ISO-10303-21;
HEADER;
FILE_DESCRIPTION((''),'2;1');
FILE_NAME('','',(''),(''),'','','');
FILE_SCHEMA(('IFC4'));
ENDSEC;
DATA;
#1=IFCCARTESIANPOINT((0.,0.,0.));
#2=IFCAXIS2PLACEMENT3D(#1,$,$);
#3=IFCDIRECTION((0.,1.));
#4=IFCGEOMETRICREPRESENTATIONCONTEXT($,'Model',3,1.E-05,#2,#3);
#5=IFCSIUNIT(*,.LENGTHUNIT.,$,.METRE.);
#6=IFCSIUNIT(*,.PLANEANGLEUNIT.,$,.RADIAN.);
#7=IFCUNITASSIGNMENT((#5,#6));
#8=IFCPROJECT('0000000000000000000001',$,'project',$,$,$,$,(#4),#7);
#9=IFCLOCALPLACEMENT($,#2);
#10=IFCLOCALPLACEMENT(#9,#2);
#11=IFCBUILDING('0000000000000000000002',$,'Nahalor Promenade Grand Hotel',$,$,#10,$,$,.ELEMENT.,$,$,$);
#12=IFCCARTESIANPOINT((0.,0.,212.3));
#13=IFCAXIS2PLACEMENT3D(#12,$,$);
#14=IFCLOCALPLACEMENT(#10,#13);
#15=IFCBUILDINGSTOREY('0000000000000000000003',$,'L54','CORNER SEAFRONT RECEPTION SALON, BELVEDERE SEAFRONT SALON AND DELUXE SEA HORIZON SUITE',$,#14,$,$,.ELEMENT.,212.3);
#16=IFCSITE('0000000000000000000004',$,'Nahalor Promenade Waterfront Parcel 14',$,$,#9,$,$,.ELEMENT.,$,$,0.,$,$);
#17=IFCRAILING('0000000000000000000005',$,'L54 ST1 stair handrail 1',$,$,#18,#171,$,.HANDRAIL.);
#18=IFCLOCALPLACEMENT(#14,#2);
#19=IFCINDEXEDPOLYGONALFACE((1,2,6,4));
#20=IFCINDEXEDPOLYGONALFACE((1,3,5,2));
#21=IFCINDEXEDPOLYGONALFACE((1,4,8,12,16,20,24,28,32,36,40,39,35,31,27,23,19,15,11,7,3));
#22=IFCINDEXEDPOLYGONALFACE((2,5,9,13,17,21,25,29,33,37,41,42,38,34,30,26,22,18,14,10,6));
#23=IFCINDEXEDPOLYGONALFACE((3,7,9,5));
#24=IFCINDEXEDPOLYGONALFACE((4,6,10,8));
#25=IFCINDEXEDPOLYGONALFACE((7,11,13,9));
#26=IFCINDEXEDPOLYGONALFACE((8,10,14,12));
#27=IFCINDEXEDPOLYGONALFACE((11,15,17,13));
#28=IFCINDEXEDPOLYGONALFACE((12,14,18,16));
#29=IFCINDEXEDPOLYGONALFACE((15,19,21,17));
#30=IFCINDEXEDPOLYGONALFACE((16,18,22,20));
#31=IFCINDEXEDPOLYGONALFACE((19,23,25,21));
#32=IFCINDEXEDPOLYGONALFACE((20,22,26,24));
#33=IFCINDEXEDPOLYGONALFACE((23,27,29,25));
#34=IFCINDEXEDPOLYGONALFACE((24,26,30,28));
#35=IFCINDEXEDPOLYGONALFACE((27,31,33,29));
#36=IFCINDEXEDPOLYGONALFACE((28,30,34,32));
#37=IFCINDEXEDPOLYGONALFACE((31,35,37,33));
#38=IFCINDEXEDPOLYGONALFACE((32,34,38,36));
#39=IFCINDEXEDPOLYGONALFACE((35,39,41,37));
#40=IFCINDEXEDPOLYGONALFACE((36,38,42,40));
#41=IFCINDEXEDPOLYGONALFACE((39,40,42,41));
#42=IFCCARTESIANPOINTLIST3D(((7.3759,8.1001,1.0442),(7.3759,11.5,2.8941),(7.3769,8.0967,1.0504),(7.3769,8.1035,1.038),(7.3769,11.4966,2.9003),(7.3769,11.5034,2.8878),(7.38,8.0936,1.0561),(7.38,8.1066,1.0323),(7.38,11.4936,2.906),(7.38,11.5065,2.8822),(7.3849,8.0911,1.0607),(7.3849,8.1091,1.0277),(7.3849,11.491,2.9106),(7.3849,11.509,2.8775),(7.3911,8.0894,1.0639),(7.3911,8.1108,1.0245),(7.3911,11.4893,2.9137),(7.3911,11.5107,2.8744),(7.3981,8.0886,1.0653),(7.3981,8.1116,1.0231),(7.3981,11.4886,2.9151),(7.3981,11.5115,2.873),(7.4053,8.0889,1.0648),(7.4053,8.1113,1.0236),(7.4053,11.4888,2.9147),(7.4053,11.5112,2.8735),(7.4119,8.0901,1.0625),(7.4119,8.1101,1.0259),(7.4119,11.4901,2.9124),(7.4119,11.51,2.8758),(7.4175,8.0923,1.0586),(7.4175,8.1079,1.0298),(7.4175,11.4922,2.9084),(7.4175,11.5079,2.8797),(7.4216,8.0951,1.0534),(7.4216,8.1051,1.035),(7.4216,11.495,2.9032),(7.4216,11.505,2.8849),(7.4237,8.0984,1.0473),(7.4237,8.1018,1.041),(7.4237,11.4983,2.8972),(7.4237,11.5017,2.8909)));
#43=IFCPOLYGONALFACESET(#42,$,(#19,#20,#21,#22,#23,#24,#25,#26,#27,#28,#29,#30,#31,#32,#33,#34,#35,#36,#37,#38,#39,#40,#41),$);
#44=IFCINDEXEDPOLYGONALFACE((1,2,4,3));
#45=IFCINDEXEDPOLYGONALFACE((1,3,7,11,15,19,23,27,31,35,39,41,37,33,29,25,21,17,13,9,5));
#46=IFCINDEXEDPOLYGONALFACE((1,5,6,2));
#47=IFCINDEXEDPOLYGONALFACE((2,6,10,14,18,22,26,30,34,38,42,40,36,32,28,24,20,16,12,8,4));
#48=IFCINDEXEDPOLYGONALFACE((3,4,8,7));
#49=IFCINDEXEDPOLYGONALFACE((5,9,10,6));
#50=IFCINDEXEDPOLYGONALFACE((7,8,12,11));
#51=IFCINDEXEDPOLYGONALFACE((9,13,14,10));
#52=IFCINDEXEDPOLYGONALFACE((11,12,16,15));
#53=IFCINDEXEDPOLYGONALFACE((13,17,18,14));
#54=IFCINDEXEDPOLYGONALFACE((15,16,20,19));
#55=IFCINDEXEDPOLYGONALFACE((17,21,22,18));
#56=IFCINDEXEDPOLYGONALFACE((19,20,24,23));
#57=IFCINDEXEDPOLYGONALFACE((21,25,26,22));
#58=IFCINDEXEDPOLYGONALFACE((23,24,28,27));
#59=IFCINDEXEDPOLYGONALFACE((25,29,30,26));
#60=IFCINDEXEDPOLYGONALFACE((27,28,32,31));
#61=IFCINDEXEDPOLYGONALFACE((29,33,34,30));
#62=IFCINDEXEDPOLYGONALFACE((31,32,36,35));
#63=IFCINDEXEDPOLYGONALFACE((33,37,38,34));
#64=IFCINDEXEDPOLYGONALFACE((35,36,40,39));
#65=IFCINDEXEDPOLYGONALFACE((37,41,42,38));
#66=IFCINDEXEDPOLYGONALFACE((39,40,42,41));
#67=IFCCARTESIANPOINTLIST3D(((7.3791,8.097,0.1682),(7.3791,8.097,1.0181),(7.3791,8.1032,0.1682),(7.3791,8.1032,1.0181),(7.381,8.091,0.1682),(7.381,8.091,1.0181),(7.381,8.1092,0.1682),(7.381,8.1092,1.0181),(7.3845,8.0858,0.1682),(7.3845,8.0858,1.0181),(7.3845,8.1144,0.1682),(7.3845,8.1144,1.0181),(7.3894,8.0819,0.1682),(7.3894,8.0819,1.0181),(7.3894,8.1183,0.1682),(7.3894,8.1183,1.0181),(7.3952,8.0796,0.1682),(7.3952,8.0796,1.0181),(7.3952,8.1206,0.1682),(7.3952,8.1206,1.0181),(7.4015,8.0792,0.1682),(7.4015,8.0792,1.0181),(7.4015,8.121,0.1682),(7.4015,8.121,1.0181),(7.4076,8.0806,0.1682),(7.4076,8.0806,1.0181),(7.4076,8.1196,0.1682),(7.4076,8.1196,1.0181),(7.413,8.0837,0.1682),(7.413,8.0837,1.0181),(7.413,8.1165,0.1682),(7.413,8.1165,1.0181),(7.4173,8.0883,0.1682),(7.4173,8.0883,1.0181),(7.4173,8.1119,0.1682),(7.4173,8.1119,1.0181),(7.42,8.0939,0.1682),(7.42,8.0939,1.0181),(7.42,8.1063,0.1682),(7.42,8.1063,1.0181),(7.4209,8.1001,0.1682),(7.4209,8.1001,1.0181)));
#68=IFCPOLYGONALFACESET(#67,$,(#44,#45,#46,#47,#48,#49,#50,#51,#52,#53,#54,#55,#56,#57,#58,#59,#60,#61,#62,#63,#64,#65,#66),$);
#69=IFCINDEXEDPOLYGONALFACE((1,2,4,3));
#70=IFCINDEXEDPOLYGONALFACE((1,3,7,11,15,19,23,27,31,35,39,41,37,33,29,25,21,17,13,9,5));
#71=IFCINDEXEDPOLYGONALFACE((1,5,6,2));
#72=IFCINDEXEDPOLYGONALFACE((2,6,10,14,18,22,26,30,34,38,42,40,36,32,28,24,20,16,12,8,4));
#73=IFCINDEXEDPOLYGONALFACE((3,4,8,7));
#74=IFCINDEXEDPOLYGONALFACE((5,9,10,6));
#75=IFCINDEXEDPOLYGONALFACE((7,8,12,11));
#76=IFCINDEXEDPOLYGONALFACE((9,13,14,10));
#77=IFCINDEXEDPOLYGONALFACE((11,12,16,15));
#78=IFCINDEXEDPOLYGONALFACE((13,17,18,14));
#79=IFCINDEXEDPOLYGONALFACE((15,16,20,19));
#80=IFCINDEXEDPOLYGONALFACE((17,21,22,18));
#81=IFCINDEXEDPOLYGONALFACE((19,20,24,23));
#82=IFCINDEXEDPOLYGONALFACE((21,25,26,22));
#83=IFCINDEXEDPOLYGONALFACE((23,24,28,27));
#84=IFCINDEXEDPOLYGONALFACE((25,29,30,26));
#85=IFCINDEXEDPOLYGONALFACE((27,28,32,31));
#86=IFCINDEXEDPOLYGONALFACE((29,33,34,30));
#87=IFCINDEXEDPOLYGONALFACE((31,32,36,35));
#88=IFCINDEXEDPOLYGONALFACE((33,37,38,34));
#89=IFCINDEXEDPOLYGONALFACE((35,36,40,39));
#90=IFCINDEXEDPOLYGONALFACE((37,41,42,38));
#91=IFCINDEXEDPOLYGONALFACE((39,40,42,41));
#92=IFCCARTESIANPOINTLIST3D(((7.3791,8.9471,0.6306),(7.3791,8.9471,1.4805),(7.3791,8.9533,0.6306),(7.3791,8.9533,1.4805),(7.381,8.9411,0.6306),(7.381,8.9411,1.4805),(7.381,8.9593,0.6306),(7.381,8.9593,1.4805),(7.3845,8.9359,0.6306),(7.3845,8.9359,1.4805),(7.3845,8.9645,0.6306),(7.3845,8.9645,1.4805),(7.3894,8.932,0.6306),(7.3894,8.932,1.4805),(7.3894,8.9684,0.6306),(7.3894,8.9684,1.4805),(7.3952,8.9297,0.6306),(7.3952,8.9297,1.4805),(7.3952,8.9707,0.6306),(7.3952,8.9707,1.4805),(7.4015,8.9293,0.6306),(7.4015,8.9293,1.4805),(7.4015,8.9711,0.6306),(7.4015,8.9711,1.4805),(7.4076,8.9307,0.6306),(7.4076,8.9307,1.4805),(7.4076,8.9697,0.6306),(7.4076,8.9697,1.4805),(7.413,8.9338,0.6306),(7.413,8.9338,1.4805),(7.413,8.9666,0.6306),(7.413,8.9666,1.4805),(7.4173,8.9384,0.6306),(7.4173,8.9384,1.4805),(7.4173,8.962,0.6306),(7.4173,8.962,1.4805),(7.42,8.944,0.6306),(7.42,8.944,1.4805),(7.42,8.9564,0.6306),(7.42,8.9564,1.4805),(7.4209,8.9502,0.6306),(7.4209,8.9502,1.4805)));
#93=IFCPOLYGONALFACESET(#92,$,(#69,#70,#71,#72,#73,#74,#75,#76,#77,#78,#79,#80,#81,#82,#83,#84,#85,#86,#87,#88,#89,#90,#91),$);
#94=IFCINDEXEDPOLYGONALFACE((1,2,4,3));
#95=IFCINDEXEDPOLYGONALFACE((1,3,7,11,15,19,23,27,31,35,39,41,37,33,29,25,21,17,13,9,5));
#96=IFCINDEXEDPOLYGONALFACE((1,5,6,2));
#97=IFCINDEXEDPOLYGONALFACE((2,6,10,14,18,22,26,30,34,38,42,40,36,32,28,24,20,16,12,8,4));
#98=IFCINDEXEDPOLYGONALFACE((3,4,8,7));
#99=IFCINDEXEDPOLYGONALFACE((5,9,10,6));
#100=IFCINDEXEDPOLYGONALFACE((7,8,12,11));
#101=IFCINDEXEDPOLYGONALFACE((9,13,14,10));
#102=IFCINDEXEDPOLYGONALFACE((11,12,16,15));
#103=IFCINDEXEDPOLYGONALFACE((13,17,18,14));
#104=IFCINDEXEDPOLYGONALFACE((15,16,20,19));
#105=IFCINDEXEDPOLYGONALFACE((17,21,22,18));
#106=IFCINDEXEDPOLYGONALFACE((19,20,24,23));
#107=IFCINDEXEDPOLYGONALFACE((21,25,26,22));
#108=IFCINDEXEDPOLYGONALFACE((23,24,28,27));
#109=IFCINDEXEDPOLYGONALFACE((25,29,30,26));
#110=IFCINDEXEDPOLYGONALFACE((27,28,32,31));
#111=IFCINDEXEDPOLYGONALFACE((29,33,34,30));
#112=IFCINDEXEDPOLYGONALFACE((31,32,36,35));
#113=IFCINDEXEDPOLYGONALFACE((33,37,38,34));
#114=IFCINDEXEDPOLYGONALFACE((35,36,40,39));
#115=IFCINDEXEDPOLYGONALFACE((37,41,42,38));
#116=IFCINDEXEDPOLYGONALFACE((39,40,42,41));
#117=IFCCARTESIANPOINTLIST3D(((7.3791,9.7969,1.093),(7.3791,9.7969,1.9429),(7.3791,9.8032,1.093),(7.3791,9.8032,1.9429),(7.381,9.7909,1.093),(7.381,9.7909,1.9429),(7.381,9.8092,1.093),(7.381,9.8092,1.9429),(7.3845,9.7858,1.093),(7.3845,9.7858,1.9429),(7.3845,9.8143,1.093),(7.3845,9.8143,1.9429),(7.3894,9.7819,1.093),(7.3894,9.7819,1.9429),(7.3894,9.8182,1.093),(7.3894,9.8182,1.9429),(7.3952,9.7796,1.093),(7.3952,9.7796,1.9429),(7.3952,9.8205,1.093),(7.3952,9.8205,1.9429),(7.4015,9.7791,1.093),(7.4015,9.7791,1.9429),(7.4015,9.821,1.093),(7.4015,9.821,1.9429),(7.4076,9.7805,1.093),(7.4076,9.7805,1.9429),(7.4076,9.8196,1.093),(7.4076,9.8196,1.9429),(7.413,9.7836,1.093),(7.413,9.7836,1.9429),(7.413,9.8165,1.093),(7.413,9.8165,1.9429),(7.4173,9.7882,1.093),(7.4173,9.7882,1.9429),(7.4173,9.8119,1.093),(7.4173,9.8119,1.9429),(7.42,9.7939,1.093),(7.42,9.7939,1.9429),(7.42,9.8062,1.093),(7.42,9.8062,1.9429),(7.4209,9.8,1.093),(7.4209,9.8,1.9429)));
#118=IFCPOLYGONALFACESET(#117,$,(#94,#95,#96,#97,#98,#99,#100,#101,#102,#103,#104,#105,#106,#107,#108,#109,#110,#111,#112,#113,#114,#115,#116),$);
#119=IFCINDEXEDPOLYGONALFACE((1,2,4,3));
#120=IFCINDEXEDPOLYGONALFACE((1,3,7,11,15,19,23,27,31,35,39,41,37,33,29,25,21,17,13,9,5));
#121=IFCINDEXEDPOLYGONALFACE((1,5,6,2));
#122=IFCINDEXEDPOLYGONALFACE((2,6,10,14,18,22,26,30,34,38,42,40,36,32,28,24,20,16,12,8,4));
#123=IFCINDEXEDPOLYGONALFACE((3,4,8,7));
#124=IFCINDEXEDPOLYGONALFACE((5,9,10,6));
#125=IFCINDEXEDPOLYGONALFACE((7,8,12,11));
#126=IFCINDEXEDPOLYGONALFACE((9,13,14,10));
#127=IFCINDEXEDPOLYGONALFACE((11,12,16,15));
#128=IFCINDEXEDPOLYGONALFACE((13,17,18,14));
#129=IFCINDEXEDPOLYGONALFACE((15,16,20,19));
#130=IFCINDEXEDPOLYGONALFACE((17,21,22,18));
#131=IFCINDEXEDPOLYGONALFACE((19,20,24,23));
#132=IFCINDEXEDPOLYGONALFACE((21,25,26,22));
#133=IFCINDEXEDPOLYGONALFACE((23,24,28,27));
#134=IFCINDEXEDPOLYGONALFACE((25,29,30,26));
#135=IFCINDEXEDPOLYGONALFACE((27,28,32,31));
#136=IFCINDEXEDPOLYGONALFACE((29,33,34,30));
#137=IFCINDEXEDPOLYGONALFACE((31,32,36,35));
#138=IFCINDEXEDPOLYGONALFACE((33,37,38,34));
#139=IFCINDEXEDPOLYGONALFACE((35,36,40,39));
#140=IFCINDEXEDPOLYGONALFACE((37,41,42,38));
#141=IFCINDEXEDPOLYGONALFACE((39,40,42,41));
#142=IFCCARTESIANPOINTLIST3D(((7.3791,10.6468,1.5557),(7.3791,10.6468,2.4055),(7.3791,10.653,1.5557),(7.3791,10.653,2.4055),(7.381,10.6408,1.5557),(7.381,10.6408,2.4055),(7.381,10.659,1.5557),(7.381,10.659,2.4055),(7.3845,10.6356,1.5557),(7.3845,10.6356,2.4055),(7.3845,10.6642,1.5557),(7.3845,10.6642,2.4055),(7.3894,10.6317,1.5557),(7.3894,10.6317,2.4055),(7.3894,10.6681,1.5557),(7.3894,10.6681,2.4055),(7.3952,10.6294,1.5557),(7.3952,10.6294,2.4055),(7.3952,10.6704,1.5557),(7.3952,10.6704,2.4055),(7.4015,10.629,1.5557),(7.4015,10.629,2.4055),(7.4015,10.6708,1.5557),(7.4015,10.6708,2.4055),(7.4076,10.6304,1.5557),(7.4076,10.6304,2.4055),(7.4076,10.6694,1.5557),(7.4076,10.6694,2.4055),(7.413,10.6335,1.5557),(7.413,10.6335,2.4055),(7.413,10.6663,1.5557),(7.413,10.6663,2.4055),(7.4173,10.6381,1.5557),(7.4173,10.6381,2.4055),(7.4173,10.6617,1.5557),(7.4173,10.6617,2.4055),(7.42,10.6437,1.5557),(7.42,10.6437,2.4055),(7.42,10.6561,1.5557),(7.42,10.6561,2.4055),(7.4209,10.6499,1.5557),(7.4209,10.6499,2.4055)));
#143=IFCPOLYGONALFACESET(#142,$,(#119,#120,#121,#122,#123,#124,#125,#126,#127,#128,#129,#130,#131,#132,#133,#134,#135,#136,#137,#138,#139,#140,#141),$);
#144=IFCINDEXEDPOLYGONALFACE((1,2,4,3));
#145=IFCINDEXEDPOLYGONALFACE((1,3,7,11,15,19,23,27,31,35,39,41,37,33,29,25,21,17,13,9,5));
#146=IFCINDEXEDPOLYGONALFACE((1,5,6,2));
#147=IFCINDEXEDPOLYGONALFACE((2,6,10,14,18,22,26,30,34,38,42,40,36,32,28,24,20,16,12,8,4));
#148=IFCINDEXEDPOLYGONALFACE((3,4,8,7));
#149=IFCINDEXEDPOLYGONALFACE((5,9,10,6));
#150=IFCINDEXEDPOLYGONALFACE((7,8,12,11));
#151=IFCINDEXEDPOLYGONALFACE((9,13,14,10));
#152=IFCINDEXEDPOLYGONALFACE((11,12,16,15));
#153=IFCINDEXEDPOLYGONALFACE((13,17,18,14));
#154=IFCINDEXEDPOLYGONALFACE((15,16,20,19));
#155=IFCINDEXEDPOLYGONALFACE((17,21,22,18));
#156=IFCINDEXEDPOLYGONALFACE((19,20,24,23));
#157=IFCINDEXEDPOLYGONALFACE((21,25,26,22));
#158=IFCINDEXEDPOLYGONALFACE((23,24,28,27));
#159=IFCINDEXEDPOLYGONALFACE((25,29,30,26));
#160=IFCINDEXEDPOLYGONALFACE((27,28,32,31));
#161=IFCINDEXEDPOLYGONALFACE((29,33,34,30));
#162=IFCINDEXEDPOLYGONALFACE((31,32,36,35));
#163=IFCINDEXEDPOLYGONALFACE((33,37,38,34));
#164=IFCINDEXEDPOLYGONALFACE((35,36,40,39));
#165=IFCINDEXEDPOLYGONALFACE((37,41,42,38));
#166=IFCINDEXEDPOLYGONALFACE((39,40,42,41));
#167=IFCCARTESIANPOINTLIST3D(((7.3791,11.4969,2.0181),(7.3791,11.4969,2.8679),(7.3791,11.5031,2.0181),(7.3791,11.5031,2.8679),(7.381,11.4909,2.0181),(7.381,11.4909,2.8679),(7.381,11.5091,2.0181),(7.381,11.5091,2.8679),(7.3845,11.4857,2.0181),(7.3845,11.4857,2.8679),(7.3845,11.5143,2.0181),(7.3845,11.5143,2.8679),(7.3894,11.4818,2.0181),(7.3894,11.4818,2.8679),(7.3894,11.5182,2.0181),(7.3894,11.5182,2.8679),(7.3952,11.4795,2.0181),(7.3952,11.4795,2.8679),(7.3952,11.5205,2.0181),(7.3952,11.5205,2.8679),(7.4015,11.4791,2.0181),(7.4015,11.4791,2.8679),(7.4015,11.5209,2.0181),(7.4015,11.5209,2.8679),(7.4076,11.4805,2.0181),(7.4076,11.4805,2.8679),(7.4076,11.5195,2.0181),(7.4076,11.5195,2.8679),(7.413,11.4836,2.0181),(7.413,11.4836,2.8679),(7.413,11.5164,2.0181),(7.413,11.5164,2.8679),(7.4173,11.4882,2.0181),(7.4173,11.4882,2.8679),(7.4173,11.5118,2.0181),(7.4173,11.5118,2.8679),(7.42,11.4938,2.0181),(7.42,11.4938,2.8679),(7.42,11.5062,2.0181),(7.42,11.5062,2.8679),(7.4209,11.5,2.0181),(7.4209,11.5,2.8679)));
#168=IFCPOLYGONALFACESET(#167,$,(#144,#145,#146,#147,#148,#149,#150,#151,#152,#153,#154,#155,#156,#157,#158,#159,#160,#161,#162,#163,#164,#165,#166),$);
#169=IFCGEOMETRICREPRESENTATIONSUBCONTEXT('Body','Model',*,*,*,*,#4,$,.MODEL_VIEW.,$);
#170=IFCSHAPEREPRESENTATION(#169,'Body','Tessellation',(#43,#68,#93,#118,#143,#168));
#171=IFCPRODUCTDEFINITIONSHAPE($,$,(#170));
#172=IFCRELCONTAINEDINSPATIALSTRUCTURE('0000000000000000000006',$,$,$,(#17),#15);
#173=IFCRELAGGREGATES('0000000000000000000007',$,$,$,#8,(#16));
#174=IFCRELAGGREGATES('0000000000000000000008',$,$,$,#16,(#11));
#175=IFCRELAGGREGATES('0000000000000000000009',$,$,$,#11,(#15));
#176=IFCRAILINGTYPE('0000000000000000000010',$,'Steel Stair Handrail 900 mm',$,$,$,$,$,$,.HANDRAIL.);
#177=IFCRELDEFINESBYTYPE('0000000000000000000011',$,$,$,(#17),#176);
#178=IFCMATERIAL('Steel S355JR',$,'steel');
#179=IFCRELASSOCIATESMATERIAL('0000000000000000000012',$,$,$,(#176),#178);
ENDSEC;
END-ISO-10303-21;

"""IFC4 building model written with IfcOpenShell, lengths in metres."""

from ifc_helpers import new_model, si_unit, direction, frame, origin, origin_2d, place, context, subcontext, project, spatial, circle, extrude, material, type_object, element, save


model = new_model("IFC4")

# Units and contexts
model_context = context("Model", 3, precision=1e-05, world=origin(), true_north=direction((0.0, 1.0)))
body_context = subcontext(model_context, "Body", "Model", "MODEL_VIEW")
ifc_project = project(units=[si_unit("LENGTHUNIT", "METRE"), si_unit("PLANEANGLEUNIT", "RADIAN")], contexts=[model_context])

# Site, building, storey
site_placement = place(None, origin())
site = spatial("IfcSite", under=ifc_project, at=site_placement, Name="Nahalor Promenade Waterfront Parcel 14", CompositionType="ELEMENT", RefElevation=0.0)
building_placement = place(site_placement, origin())
building = spatial("IfcBuilding", under=site, at=building_placement, Name="Nahalor Promenade Grand Hotel", CompositionType="ELEMENT")
storey_placement = place(building_placement, frame((0.0, 0.0, 212.3)))
storey = spatial("IfcBuildingStorey", under=building, at=storey_placement, Name="L54", Description="CORNER SEAFRONT RECEPTION SALON, BELVEDERE SEAFRONT SALON AND DELUXE SEA HORIZON SUITE", CompositionType="ELEMENT", Elevation=212.3)

# Shared definitions
ifc_material_1 = material(Name="Steel S355JR", Category="steel")

# Railing
railing_type_1 = type_object("IfcRailingType", Name="Steel Stair Handrail 900 mm", PredefinedType="HANDRAIL", material=ifc_material_1)
railing_1_placement = place(storey_placement, frame((7.3999, 8.1001, 0.1682)))
element("IfcRailing", 1, at=railing_1_placement, inside=storey, type_object=railing_type_1, Name="L54 ST1 stair handrail 1", PredefinedType="HANDRAIL", context=body_context, shape_type="SweptSolid", body=[
    extrude(circle(Radius=0.024, at=origin_2d()), frame((0.0, 0.0, 0.876), z_axis=(0.0, 0.878399, 0.477928), x_axis=(-1.0, 0.0, 0.0)), (0.0, 0.0, 1.0), 3.8706),
    extrude(circle(Radius=0.021, at=origin_2d()), origin(), (0.0, 0.0, 1.0), 0.8499),
    extrude(circle(Radius=0.021, at=origin_2d()), frame((0.0, 0.8501, 0.4624)), (0.0, 0.0, 1.0), 0.8499),
    extrude(circle(Radius=0.021, at=origin_2d()), frame((0.0, 1.7, 0.9248)), (0.0, 0.0, 1.0), 0.8499),
    extrude(circle(Radius=0.021, at=origin_2d()), frame((0.0, 2.5498, 1.3875)), (0.0, 0.0, 1.0), 0.8499),
    extrude(circle(Radius=0.021, at=origin_2d()), frame((0.0, 3.3999, 1.8499)), (0.0, 0.0, 1.0), 0.8499),
])

save(model, "model.ifc")
